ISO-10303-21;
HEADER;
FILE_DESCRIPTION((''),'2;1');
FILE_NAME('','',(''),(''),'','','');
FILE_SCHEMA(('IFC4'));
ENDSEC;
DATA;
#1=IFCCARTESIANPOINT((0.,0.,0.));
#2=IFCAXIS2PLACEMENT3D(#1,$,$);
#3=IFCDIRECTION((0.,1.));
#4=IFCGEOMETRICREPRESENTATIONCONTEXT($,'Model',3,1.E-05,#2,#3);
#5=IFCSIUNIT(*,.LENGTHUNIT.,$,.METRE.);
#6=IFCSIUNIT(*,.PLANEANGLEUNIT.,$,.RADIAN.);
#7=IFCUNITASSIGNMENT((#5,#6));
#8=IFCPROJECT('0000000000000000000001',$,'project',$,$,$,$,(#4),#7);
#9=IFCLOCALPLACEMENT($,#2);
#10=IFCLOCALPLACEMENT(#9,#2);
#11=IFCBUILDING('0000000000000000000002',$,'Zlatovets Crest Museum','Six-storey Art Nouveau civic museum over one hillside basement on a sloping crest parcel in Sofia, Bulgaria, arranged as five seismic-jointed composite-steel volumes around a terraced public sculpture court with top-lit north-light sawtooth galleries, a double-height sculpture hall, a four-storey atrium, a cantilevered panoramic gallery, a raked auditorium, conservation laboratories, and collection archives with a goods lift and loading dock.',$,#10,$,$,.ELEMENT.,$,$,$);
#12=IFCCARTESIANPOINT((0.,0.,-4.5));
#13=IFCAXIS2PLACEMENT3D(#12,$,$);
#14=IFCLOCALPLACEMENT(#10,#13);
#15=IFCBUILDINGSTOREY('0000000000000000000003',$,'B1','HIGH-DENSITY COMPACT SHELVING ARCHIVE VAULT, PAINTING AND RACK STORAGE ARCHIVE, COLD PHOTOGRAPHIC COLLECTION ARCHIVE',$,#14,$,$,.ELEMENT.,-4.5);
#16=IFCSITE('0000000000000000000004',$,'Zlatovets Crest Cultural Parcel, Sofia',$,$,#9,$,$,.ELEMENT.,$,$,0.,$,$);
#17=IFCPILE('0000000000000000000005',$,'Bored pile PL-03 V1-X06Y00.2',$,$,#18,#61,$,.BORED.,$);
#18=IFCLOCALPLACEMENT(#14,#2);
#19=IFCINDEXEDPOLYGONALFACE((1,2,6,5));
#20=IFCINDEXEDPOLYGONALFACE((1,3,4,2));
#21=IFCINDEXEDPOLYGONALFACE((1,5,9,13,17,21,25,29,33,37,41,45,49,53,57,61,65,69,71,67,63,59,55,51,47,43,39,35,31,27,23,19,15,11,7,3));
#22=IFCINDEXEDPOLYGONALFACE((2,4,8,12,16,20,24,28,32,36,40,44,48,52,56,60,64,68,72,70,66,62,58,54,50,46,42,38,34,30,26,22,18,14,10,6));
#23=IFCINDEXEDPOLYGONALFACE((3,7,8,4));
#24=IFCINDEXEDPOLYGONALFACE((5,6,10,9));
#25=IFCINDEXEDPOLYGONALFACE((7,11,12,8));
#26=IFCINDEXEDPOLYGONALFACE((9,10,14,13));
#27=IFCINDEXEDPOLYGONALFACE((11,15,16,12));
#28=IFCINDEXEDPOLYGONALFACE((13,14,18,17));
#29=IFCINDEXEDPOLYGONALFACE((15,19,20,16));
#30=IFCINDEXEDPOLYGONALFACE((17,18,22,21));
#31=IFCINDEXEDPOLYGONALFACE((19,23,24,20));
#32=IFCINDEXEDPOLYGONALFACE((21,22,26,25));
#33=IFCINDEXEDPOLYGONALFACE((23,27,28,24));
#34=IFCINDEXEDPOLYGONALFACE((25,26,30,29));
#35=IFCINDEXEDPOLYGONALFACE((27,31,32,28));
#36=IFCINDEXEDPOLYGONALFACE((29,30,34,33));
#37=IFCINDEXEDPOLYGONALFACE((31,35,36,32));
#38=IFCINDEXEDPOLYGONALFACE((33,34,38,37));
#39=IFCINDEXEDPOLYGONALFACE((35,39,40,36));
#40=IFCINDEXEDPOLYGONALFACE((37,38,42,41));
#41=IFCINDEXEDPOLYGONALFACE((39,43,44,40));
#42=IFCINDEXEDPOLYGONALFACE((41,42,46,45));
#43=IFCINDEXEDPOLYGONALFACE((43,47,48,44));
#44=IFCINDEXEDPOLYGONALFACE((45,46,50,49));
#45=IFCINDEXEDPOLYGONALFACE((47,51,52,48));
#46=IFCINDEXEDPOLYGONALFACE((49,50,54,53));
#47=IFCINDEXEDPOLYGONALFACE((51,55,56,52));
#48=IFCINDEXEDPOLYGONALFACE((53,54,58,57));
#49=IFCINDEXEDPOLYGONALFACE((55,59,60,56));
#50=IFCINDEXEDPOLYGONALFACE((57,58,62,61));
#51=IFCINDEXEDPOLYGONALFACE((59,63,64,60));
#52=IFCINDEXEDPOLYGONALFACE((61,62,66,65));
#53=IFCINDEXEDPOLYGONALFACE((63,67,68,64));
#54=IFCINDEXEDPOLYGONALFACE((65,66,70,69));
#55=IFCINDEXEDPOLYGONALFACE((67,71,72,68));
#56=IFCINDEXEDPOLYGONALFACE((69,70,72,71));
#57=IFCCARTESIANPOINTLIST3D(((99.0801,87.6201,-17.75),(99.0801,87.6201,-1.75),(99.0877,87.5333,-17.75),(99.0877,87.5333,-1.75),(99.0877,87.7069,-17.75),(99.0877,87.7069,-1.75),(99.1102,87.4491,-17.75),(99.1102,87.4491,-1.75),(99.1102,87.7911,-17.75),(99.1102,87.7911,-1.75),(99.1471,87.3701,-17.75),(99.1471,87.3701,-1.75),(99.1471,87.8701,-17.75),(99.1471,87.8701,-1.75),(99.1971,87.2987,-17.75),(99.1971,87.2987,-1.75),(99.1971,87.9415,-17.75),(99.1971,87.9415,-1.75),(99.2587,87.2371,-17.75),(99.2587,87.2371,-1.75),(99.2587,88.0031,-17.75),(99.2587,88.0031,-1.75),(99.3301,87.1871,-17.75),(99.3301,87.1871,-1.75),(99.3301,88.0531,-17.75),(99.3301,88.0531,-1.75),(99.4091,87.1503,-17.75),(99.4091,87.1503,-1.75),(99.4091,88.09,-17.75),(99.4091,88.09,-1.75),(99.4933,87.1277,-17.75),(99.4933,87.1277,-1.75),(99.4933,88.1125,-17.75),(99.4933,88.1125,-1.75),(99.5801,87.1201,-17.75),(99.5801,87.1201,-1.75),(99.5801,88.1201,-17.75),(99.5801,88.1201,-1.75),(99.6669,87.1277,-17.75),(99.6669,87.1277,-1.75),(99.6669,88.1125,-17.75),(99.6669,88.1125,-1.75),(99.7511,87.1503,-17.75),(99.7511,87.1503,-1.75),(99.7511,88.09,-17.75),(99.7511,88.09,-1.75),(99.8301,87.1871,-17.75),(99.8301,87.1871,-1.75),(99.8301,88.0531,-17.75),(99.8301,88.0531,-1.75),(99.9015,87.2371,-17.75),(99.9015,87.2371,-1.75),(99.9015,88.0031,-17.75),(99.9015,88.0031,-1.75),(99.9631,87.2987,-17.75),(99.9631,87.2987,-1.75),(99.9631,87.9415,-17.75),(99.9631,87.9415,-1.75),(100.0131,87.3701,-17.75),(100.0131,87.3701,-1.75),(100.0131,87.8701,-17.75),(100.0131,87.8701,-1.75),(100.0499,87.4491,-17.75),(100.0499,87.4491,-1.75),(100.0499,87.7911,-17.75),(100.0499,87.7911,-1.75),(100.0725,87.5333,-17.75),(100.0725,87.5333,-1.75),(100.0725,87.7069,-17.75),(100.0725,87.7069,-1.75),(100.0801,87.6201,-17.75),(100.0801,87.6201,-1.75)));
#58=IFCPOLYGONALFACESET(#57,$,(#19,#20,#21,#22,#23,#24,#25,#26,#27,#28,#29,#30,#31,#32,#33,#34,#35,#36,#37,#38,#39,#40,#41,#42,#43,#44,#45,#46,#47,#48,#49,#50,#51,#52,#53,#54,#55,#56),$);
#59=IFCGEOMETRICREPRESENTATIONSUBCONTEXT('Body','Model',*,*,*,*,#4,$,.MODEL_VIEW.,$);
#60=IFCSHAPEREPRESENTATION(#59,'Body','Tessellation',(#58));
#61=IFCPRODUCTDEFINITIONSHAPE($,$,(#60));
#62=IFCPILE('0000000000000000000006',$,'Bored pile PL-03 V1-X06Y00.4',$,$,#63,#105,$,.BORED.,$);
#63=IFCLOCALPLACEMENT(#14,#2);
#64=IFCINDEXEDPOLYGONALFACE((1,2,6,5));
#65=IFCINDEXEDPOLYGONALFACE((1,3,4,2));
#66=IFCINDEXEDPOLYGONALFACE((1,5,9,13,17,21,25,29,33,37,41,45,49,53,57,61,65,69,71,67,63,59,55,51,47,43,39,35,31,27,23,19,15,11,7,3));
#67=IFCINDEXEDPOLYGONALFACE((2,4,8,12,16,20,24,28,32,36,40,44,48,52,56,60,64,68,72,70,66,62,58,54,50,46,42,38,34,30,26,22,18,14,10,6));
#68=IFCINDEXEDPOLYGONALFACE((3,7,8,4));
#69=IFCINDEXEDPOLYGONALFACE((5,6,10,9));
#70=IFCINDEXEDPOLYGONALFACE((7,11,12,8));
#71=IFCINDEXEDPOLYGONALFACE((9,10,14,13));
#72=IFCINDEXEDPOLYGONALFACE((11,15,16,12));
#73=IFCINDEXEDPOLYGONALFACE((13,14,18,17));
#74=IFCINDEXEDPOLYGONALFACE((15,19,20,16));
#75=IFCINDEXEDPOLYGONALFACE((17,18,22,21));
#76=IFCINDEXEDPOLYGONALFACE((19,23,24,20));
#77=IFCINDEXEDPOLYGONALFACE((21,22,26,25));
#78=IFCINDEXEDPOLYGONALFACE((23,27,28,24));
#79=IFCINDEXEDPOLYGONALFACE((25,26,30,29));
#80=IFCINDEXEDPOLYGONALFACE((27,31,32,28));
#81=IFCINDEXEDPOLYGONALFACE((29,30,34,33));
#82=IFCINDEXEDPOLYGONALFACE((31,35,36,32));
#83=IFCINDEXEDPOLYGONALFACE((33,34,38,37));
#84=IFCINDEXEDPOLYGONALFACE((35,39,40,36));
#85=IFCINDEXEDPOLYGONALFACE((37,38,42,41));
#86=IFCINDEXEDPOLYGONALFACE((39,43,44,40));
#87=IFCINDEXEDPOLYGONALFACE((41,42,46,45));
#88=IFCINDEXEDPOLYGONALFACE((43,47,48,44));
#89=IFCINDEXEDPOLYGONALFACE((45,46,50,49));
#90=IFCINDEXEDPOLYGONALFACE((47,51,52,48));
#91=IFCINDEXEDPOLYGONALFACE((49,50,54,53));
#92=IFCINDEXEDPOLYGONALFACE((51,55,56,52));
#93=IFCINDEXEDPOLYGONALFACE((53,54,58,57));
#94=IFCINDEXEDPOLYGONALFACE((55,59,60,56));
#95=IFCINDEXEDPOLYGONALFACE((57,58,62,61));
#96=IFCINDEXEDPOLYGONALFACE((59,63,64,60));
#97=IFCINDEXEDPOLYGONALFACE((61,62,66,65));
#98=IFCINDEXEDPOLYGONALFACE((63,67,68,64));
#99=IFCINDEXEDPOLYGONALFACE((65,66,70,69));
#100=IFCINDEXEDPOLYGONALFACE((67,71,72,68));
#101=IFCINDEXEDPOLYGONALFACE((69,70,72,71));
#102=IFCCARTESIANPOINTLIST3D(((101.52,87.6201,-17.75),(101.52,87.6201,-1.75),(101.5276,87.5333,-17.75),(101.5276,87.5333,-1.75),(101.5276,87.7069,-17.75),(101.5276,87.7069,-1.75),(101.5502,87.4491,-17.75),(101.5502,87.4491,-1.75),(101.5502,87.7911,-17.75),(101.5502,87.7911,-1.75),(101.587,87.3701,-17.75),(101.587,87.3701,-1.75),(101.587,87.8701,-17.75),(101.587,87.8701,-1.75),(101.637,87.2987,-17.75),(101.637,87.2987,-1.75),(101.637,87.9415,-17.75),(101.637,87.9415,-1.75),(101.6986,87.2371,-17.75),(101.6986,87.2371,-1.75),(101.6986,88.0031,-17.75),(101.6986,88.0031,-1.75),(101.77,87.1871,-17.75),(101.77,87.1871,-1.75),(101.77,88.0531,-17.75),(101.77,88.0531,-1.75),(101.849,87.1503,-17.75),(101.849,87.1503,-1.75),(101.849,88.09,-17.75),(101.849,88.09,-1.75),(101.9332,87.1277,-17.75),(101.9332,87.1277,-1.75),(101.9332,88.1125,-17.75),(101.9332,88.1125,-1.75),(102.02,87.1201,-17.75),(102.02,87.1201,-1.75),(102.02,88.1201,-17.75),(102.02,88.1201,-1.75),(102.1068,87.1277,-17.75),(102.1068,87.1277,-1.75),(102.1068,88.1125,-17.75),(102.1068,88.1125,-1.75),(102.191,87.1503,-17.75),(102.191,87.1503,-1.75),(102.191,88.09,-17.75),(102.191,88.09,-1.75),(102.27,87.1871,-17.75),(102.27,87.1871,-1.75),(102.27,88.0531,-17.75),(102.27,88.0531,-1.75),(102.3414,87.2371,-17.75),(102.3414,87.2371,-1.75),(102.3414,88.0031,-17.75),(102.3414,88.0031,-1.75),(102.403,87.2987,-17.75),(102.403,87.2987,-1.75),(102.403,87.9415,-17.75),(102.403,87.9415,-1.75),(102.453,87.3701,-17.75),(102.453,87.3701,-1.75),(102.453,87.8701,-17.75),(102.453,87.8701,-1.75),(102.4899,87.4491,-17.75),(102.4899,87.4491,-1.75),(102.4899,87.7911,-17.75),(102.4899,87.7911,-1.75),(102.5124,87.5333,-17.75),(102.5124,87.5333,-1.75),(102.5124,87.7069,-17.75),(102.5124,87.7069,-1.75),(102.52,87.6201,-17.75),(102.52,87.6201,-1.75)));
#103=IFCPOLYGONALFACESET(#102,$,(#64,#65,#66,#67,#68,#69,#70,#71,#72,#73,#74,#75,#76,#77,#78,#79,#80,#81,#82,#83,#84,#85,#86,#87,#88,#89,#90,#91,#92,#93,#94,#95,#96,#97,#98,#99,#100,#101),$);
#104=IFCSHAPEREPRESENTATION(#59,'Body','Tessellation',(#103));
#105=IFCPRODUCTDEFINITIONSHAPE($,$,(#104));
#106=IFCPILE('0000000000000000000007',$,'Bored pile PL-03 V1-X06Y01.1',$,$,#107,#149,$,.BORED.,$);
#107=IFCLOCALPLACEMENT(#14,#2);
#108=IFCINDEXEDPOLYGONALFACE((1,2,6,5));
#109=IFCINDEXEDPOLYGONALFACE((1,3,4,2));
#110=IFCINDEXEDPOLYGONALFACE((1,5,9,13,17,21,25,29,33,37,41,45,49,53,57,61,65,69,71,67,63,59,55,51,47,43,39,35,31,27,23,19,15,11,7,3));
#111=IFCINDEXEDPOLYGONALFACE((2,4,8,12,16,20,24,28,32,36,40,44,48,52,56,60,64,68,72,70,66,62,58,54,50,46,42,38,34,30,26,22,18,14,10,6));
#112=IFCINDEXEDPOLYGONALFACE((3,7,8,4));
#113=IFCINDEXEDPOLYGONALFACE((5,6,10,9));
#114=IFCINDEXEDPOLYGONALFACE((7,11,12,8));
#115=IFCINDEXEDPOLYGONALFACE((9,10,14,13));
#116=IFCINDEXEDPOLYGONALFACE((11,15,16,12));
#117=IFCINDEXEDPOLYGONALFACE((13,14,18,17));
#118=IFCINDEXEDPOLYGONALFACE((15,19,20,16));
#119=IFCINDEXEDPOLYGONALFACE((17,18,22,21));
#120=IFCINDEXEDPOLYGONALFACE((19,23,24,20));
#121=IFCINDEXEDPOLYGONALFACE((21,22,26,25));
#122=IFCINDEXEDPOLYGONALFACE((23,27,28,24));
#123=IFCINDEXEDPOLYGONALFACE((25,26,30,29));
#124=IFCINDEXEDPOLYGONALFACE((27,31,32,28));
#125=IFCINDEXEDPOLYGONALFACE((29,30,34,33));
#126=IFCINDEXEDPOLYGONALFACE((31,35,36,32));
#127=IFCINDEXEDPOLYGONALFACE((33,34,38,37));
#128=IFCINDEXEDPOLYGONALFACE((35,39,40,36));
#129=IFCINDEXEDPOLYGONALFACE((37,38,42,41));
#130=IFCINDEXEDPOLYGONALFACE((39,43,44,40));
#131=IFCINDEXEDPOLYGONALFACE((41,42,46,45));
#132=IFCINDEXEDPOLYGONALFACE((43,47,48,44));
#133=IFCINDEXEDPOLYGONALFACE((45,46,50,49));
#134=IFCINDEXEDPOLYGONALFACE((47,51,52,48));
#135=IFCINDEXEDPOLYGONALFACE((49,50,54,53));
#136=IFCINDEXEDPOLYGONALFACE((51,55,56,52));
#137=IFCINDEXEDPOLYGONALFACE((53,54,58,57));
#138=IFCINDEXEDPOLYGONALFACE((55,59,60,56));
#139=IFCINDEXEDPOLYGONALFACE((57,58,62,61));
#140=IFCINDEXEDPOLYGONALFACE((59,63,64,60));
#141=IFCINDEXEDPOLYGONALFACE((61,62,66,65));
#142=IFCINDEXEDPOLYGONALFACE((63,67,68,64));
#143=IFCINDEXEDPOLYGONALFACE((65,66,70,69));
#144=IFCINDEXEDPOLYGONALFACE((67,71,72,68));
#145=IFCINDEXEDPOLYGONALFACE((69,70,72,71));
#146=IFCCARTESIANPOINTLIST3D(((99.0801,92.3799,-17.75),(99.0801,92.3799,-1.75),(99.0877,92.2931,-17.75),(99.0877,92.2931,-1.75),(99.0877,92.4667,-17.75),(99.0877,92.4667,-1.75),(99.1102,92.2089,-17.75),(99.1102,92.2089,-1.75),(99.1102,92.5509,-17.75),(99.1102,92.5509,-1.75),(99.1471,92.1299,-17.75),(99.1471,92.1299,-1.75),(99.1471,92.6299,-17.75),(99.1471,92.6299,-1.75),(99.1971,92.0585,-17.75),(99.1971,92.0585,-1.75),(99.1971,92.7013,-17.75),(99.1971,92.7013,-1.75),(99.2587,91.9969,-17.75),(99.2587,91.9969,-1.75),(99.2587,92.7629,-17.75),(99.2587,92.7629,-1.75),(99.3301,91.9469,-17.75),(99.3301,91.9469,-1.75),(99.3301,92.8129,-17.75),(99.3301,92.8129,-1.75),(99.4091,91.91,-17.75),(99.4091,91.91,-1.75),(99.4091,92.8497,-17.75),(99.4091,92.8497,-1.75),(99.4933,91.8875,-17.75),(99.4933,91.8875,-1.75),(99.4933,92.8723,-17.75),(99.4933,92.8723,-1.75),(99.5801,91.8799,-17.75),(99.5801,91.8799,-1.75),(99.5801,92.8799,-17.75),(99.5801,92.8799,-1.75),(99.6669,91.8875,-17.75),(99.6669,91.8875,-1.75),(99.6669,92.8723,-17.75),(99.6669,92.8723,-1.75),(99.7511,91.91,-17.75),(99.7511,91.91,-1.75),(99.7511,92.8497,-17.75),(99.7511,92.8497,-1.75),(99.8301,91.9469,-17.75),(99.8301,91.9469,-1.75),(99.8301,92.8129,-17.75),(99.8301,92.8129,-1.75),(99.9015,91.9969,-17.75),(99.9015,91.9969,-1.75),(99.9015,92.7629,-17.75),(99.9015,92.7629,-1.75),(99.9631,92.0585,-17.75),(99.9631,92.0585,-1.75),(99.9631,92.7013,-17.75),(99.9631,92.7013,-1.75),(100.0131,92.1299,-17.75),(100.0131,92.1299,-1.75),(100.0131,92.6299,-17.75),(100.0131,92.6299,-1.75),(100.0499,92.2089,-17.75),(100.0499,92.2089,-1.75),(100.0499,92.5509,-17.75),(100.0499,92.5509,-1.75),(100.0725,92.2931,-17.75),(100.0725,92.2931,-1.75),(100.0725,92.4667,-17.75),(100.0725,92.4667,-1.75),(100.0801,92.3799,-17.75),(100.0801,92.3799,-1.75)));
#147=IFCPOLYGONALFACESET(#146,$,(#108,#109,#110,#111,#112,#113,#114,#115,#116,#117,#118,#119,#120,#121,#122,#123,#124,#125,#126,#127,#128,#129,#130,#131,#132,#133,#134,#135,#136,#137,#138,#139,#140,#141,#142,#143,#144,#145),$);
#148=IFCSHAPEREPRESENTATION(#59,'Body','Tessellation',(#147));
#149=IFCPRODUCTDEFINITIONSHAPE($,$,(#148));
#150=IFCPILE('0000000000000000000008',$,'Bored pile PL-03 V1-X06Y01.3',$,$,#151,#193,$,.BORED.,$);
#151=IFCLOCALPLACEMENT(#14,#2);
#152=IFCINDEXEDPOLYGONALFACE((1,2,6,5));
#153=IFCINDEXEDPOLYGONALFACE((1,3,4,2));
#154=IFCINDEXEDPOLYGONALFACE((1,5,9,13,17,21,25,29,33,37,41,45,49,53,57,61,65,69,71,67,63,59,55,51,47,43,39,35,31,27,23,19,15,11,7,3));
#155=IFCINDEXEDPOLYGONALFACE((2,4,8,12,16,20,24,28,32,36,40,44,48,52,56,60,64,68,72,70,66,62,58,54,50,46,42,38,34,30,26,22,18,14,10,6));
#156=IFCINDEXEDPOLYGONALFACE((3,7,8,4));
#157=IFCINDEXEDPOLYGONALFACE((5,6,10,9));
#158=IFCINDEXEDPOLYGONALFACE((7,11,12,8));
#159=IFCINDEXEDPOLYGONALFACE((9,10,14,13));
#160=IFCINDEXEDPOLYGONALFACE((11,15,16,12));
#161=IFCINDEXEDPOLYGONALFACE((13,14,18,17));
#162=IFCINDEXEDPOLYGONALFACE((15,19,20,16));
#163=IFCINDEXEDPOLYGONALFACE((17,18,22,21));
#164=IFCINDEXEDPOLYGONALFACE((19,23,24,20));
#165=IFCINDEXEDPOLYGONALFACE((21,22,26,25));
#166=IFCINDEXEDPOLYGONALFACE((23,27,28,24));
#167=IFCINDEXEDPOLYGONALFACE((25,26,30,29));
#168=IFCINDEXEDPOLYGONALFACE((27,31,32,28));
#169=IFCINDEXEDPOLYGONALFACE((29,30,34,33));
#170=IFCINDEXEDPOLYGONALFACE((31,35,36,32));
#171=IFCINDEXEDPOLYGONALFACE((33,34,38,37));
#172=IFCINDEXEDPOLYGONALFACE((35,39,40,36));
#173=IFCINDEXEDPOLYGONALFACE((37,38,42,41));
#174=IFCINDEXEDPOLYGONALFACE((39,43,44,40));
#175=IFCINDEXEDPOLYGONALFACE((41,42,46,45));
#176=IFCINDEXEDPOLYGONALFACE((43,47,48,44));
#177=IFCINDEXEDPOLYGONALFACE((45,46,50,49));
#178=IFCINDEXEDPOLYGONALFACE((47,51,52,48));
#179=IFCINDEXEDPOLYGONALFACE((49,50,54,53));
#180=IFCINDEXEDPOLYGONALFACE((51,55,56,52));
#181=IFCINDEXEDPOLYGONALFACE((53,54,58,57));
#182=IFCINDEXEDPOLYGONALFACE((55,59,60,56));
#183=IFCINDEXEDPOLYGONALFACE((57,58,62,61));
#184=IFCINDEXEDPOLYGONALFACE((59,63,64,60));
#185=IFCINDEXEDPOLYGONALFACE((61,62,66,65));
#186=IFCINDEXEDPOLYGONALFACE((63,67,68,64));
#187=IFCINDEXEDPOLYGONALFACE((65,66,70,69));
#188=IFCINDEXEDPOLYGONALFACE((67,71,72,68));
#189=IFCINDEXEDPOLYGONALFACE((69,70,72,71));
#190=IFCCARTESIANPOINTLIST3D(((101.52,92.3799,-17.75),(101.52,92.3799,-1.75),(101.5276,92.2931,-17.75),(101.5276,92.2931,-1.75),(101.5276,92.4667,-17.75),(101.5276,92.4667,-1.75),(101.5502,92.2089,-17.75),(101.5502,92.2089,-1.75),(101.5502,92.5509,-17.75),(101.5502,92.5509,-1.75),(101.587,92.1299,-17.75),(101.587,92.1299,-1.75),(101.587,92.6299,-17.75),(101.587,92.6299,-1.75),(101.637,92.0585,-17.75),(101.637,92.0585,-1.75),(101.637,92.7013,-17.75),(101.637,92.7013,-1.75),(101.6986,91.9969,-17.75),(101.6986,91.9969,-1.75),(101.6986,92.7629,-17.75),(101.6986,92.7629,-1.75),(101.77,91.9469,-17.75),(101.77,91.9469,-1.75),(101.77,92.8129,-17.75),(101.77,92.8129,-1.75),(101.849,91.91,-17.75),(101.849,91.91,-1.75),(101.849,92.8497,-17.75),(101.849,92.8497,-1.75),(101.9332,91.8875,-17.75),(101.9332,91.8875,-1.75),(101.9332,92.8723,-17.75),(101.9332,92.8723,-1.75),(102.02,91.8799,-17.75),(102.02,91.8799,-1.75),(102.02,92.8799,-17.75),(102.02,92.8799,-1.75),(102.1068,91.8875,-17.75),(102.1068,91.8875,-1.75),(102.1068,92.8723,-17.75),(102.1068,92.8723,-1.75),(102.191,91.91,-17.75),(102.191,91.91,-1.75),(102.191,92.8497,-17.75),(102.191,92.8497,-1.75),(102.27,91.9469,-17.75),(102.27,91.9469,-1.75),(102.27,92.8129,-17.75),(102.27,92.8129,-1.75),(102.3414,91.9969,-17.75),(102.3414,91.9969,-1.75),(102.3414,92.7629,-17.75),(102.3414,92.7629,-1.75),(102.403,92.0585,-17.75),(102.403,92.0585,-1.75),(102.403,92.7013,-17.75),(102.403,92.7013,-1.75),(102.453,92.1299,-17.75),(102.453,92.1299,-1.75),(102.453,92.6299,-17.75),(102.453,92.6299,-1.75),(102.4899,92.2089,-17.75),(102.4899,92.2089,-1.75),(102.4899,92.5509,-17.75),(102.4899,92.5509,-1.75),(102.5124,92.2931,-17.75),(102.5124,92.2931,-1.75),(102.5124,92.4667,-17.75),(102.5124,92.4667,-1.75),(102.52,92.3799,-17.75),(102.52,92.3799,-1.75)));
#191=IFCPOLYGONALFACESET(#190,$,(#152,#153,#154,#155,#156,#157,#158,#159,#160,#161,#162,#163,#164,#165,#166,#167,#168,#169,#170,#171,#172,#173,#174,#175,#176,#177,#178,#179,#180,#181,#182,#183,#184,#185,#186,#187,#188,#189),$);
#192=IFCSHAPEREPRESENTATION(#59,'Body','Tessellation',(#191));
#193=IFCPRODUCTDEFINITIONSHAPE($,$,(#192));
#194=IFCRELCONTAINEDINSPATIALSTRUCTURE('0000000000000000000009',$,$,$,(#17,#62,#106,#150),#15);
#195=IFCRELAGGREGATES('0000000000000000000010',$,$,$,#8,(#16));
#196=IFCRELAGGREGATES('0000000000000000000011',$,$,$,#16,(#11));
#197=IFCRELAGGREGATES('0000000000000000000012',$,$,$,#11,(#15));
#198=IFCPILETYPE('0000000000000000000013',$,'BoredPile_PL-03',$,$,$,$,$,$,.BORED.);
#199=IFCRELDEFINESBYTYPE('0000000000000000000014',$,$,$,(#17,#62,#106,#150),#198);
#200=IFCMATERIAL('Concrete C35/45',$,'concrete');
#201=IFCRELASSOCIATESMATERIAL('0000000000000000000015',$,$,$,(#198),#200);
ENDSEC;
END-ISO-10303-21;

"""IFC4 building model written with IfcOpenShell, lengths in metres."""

from ifc_helpers import new_model, si_unit, direction, frame, origin, origin_2d, place, context, subcontext, project, spatial, circle, extrude, material, material_profile, profile_set, type_object, element, save


model = new_model("IFC4")

# Units and contexts
model_context = context("Model", 3, precision=1e-05, world=origin(), true_north=direction((0.0, 1.0)))
body_context = subcontext(model_context, "Body", "Model", "MODEL_VIEW")
ifc_project = project(units=[si_unit("LENGTHUNIT", "METRE"), si_unit("PLANEANGLEUNIT", "RADIAN")], contexts=[model_context])

# Site, building, storey
site_placement = place(None, origin())
site = spatial("IfcSite", under=ifc_project, at=site_placement, Name="Zlatovets Crest Cultural Parcel, Sofia", CompositionType="ELEMENT", RefElevation=0.0)
building_placement = place(site_placement, origin())
building = spatial("IfcBuilding", under=site, at=building_placement, Name="Zlatovets Crest Museum", Description="Six-storey Art Nouveau civic museum over one hillside basement on a sloping crest parcel in Sofia, Bulgaria, arranged as five seismic-jointed composite-steel volumes around a terraced public sculpture court with top-lit north-light sawtooth galleries, a double-height sculpture hall, a four-storey atrium, a cantilevered panoramic gallery, a raked auditorium, conservation laboratories, and collection archives with a goods lift and loading dock.", CompositionType="ELEMENT")
storey_placement = place(building_placement, frame((0.0, 0.0, -4.5)))
storey = spatial("IfcBuildingStorey", under=building, at=storey_placement, Name="B1", Description="HIGH-DENSITY COMPACT SHELVING ARCHIVE VAULT, PAINTING AND RACK STORAGE ARCHIVE, COLD PHOTOGRAPHIC COLLECTION ARCHIVE", CompositionType="ELEMENT", Elevation=-4.5)

# Piles
ifc_material_1 = material(Name="Concrete C35/45", Category="concrete")
ifc_material_profile_1 = material_profile(ifc_material_1, circle(Radius=0.5, at=origin_2d()), Name="PILE D1000")
ifc_profile_set_1 = profile_set([ifc_material_profile_1], Name="Concrete C35/45")
pile_type = type_object("IfcPileType", Name="BoredPile_PL-03", PredefinedType="BORED", material=ifc_profile_set_1)
for number, where, z_axis, x_axis, name in (
    (1, (99.5801, 87.6201, -1.75), (0.0, 0.0, -1.0), (1.0, 0.0, 0.0), "Bored pile PL-03 V1-X06Y00.2"),
    (2, (102.02, 87.6201, -1.75), (0.0, 0.0, -1.0), (1.0, 0.0, 0.0), "Bored pile PL-03 V1-X06Y00.4"),
    (3, (99.5801, 92.3799, -1.75), (0.0, 0.0, -1.0), (1.0, 0.0, 0.0), "Bored pile PL-03 V1-X06Y01.1"),
    (4, (102.02, 92.3799, -1.75), (0.0, 0.0, -1.0), (1.0, 0.0, 0.0), "Bored pile PL-03 V1-X06Y01.3"),
):
    element("IfcPile", number, at=place(storey_placement, frame(where, z_axis=z_axis, x_axis=x_axis)), inside=storey, type_object=pile_type, Name=name, PredefinedType="BORED", context=body_context, shape_type="SweptSolid", body=[
        extrude(circle(Radius=0.5, at=origin_2d()), origin(), (0.0, 0.0, 1.0), 16.0),
    ])

save(model, "model.ifc")
